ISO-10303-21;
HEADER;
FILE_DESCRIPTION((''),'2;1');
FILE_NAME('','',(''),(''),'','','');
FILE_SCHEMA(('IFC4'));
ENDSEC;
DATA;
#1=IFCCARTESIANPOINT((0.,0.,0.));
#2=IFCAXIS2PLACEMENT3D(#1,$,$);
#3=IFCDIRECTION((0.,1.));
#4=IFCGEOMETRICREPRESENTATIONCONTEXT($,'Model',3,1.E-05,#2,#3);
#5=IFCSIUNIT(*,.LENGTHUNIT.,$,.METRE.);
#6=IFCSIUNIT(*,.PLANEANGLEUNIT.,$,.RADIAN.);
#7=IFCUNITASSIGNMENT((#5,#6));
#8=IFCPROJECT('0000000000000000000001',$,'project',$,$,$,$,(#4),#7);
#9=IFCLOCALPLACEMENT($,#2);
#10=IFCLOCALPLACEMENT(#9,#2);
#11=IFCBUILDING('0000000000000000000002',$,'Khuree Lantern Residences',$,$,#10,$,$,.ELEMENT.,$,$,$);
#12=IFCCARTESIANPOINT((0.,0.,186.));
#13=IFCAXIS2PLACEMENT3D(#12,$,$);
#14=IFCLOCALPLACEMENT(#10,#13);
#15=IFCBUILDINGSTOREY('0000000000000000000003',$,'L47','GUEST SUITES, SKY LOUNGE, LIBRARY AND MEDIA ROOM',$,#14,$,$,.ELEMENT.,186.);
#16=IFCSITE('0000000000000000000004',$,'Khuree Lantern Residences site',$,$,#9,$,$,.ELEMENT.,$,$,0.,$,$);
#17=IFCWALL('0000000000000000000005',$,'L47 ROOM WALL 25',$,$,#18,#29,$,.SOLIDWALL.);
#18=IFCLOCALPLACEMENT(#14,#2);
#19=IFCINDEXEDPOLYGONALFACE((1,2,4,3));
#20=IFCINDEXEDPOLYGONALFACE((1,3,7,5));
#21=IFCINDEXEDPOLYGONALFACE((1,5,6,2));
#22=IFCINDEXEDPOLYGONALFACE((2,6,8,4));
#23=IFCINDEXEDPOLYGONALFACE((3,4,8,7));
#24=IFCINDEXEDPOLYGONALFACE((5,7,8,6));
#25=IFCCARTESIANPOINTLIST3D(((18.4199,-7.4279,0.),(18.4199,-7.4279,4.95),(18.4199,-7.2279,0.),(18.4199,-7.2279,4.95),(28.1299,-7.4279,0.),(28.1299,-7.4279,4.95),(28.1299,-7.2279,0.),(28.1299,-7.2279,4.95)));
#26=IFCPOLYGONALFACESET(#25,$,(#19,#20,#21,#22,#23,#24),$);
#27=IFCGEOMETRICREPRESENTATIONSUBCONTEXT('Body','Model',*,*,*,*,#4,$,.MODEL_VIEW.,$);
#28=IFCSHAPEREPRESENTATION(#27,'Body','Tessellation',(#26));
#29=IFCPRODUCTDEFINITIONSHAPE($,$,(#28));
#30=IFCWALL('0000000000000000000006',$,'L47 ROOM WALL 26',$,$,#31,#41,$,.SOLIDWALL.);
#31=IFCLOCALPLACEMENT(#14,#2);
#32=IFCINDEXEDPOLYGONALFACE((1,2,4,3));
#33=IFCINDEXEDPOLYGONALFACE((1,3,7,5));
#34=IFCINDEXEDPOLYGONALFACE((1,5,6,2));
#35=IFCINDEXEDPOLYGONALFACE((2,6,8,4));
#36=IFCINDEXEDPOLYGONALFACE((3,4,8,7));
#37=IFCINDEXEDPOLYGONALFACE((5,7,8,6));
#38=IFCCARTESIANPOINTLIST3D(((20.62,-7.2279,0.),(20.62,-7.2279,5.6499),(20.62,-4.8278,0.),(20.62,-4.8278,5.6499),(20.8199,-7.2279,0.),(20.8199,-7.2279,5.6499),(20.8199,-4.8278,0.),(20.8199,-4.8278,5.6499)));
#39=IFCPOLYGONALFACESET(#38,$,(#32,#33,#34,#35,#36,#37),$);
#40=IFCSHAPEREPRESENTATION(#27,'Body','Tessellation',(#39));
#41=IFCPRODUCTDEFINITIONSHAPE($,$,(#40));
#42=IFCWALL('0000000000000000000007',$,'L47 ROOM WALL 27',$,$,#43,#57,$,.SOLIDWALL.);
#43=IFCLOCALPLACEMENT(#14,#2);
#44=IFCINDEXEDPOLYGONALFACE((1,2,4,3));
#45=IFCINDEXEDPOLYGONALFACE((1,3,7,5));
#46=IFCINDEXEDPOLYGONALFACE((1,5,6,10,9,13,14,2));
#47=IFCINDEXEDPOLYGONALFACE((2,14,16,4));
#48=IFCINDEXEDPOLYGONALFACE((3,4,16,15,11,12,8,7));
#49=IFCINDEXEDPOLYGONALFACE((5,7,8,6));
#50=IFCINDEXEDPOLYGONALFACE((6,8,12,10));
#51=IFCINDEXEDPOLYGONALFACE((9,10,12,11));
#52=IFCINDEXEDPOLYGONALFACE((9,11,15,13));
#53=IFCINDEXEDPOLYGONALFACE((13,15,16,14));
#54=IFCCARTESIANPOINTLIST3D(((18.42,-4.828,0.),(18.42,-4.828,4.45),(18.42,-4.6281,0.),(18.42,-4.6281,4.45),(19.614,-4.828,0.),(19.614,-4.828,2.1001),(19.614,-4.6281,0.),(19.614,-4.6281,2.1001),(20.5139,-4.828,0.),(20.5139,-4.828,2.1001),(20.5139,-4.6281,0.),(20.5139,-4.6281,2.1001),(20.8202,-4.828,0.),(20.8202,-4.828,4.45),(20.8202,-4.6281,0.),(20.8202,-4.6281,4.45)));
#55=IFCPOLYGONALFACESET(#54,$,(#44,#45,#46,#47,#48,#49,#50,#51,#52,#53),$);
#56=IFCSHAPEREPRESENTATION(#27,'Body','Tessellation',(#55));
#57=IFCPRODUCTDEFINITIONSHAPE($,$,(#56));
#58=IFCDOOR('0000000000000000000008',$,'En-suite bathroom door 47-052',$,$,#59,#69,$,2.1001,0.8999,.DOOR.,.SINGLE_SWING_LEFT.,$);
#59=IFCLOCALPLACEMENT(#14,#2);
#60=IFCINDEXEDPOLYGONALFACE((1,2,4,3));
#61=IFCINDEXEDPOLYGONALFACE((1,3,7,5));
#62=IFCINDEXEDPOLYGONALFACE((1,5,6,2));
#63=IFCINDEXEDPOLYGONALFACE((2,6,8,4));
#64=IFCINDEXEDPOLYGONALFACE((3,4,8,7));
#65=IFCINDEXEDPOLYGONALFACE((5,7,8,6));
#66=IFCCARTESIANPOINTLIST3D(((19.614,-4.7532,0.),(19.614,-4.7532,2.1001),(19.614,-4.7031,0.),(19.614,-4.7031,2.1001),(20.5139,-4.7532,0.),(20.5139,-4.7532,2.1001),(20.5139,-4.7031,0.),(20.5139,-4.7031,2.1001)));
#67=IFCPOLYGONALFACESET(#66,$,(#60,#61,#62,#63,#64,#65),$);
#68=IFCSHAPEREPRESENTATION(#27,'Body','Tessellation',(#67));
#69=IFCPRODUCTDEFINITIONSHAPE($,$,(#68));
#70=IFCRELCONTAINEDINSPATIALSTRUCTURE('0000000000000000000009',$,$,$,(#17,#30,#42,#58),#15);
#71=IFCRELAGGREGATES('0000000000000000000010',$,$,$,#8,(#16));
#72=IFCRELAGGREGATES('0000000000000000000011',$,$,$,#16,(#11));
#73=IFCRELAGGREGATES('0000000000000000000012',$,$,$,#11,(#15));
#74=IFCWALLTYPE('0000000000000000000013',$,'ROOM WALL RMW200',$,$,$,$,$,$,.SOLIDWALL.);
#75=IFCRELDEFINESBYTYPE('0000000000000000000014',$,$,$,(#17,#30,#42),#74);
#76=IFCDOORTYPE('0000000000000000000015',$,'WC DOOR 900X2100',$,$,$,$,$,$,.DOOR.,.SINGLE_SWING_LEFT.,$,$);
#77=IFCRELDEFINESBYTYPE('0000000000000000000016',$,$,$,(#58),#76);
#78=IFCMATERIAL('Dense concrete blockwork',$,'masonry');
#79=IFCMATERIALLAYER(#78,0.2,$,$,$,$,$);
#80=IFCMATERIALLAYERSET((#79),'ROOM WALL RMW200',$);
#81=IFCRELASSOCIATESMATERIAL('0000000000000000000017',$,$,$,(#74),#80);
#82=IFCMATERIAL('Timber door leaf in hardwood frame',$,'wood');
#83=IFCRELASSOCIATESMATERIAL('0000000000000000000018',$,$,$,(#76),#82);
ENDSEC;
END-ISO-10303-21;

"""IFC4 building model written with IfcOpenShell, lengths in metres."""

from ifc_helpers import new_model, si_unit, direction, frame, frame_2d, origin, place, context, subcontext, project, spatial, rectangle, extrude, material, layer, layer_set, type_object, element, fill, save


model = new_model("IFC4")

# Units and contexts
model_context = context("Model", 3, precision=1e-05, world=origin(), true_north=direction((0.0, 1.0)))
body_context = subcontext(model_context, "Body", "Model", "MODEL_VIEW")
ifc_project = project(units=[si_unit("LENGTHUNIT", "METRE"), si_unit("PLANEANGLEUNIT", "RADIAN")], contexts=[model_context])

# Site, building, storey
site_placement = place(None, origin())
site = spatial("IfcSite", under=ifc_project, at=site_placement, Name="Khuree Lantern Residences site", CompositionType="ELEMENT", RefElevation=0.0)
building_placement = place(site_placement, origin())
building = spatial("IfcBuilding", under=site, at=building_placement, Name="Khuree Lantern Residences", CompositionType="ELEMENT")
storey_placement = place(building_placement, frame((0.0, 0.0, 186.0)))
storey = spatial("IfcBuildingStorey", under=building, at=storey_placement, Name="L47", Description="GUEST SUITES, SKY LOUNGE, LIBRARY AND MEDIA ROOM", CompositionType="ELEMENT", Elevation=186.0)

# Walls
ifc_material_1 = material(Name="Dense concrete blockwork", Category="masonry")
ifc_layer_1 = layer(ifc_material_1, 0.2)
ifc_layer_set_1 = layer_set([ifc_layer_1], Name="ROOM WALL RMW200")
wall_type = type_object("IfcWallType", Name="ROOM WALL RMW200", PredefinedType="SOLIDWALL", material=ifc_layer_set_1)
wall_1_placement = place(storey_placement, frame((18.4199, -7.3279, 0.0), z_axis=(0.0, 0.0, 1.0), x_axis=(1.0, 0.0, 0.0)))
element("IfcWall", 1, at=wall_1_placement, inside=storey, type_object=wall_type, Name="L47 ROOM WALL 25", PredefinedType="SOLIDWALL", context=body_context, shape_type="SweptSolid", body=[
    extrude(rectangle(XDim=9.71, YDim=0.2, at=frame_2d((4.855, 0.0))), origin(), (0.0, 0.0, 1.0), 4.95),
])
wall_2_placement = place(storey_placement, frame((20.72, -7.228, 0.0), z_axis=(0.0, 0.0, 1.0), x_axis=(0.0, 1.0, 0.0)))
element("IfcWall", 2, at=wall_2_placement, inside=storey, type_object=wall_type, Name="L47 ROOM WALL 26", PredefinedType="SOLIDWALL", context=body_context, shape_type="SweptSolid", body=[
    extrude(rectangle(XDim=2.4001, YDim=0.2, at=frame_2d((1.2002, 0.0))), origin(), (0.0, 0.0, 1.0), 5.6499),
])

# Wall, opening, door
wall_3_placement = place(storey_placement, frame((18.4199, -4.728, 0.0), z_axis=(0.0, 0.0, 1.0), x_axis=(1.0, 0.0, 0.0)))
wall_3 = element("IfcWall", 3, at=wall_3_placement, inside=storey, type_object=wall_type, Name="L47 ROOM WALL 27", PredefinedType="SOLIDWALL", context=body_context, shape_type="SweptSolid", body=[
    extrude(rectangle(XDim=2.4001, YDim=0.2, at=frame_2d((1.2002, 0.0))), origin(), (0.0, 0.0, 1.0), 4.45),
])
opening_placement = place(wall_3_placement, frame((1.1941, 0.0, 0.0)))
opening = element("IfcOpeningElement", 4, at=opening_placement, cuts=wall_3, PredefinedType="OPENING", context=body_context, shape_type="SweptSolid", body=[
    extrude(rectangle(XDim=0.8999, YDim=2.1001, at=frame_2d((0.45, 1.05))), frame((0.0, 0.1099, 0.0), z_axis=(0.0, -1.0, 0.0), x_axis=(1.0, 0.0, 0.0)), (0.0, 0.0, 1.0), 0.22),
])
ifc_material_2 = material(Name="Timber door leaf in hardwood frame", Category="wood")
door_type = type_object("IfcDoorType", Name="WC DOOR 900X2100", OperationType="SINGLE_SWING_LEFT", PredefinedType="DOOR", material=ifc_material_2)
door_placement = place(opening_placement, origin())
door = element("IfcDoor", 5, at=door_placement, inside=storey, type_object=door_type, Name="En-suite bathroom door 47-052", OperationType="SINGLE_SWING_LEFT", OverallHeight=2.1001, OverallWidth=0.8999, PredefinedType="DOOR", context=body_context, shape_type="SweptSolid", body=[
    extrude(rectangle(XDim=0.8999, YDim=2.1001, at=frame_2d((0.45, 1.05))), frame((0.0, 0.0249, 0.0), z_axis=(0.0, -1.0, 0.0), x_axis=(1.0, 0.0, 0.0)), (0.0, 0.0, 1.0), 0.05),
])
fill(opening, door)

save(model, "model.ifc")
